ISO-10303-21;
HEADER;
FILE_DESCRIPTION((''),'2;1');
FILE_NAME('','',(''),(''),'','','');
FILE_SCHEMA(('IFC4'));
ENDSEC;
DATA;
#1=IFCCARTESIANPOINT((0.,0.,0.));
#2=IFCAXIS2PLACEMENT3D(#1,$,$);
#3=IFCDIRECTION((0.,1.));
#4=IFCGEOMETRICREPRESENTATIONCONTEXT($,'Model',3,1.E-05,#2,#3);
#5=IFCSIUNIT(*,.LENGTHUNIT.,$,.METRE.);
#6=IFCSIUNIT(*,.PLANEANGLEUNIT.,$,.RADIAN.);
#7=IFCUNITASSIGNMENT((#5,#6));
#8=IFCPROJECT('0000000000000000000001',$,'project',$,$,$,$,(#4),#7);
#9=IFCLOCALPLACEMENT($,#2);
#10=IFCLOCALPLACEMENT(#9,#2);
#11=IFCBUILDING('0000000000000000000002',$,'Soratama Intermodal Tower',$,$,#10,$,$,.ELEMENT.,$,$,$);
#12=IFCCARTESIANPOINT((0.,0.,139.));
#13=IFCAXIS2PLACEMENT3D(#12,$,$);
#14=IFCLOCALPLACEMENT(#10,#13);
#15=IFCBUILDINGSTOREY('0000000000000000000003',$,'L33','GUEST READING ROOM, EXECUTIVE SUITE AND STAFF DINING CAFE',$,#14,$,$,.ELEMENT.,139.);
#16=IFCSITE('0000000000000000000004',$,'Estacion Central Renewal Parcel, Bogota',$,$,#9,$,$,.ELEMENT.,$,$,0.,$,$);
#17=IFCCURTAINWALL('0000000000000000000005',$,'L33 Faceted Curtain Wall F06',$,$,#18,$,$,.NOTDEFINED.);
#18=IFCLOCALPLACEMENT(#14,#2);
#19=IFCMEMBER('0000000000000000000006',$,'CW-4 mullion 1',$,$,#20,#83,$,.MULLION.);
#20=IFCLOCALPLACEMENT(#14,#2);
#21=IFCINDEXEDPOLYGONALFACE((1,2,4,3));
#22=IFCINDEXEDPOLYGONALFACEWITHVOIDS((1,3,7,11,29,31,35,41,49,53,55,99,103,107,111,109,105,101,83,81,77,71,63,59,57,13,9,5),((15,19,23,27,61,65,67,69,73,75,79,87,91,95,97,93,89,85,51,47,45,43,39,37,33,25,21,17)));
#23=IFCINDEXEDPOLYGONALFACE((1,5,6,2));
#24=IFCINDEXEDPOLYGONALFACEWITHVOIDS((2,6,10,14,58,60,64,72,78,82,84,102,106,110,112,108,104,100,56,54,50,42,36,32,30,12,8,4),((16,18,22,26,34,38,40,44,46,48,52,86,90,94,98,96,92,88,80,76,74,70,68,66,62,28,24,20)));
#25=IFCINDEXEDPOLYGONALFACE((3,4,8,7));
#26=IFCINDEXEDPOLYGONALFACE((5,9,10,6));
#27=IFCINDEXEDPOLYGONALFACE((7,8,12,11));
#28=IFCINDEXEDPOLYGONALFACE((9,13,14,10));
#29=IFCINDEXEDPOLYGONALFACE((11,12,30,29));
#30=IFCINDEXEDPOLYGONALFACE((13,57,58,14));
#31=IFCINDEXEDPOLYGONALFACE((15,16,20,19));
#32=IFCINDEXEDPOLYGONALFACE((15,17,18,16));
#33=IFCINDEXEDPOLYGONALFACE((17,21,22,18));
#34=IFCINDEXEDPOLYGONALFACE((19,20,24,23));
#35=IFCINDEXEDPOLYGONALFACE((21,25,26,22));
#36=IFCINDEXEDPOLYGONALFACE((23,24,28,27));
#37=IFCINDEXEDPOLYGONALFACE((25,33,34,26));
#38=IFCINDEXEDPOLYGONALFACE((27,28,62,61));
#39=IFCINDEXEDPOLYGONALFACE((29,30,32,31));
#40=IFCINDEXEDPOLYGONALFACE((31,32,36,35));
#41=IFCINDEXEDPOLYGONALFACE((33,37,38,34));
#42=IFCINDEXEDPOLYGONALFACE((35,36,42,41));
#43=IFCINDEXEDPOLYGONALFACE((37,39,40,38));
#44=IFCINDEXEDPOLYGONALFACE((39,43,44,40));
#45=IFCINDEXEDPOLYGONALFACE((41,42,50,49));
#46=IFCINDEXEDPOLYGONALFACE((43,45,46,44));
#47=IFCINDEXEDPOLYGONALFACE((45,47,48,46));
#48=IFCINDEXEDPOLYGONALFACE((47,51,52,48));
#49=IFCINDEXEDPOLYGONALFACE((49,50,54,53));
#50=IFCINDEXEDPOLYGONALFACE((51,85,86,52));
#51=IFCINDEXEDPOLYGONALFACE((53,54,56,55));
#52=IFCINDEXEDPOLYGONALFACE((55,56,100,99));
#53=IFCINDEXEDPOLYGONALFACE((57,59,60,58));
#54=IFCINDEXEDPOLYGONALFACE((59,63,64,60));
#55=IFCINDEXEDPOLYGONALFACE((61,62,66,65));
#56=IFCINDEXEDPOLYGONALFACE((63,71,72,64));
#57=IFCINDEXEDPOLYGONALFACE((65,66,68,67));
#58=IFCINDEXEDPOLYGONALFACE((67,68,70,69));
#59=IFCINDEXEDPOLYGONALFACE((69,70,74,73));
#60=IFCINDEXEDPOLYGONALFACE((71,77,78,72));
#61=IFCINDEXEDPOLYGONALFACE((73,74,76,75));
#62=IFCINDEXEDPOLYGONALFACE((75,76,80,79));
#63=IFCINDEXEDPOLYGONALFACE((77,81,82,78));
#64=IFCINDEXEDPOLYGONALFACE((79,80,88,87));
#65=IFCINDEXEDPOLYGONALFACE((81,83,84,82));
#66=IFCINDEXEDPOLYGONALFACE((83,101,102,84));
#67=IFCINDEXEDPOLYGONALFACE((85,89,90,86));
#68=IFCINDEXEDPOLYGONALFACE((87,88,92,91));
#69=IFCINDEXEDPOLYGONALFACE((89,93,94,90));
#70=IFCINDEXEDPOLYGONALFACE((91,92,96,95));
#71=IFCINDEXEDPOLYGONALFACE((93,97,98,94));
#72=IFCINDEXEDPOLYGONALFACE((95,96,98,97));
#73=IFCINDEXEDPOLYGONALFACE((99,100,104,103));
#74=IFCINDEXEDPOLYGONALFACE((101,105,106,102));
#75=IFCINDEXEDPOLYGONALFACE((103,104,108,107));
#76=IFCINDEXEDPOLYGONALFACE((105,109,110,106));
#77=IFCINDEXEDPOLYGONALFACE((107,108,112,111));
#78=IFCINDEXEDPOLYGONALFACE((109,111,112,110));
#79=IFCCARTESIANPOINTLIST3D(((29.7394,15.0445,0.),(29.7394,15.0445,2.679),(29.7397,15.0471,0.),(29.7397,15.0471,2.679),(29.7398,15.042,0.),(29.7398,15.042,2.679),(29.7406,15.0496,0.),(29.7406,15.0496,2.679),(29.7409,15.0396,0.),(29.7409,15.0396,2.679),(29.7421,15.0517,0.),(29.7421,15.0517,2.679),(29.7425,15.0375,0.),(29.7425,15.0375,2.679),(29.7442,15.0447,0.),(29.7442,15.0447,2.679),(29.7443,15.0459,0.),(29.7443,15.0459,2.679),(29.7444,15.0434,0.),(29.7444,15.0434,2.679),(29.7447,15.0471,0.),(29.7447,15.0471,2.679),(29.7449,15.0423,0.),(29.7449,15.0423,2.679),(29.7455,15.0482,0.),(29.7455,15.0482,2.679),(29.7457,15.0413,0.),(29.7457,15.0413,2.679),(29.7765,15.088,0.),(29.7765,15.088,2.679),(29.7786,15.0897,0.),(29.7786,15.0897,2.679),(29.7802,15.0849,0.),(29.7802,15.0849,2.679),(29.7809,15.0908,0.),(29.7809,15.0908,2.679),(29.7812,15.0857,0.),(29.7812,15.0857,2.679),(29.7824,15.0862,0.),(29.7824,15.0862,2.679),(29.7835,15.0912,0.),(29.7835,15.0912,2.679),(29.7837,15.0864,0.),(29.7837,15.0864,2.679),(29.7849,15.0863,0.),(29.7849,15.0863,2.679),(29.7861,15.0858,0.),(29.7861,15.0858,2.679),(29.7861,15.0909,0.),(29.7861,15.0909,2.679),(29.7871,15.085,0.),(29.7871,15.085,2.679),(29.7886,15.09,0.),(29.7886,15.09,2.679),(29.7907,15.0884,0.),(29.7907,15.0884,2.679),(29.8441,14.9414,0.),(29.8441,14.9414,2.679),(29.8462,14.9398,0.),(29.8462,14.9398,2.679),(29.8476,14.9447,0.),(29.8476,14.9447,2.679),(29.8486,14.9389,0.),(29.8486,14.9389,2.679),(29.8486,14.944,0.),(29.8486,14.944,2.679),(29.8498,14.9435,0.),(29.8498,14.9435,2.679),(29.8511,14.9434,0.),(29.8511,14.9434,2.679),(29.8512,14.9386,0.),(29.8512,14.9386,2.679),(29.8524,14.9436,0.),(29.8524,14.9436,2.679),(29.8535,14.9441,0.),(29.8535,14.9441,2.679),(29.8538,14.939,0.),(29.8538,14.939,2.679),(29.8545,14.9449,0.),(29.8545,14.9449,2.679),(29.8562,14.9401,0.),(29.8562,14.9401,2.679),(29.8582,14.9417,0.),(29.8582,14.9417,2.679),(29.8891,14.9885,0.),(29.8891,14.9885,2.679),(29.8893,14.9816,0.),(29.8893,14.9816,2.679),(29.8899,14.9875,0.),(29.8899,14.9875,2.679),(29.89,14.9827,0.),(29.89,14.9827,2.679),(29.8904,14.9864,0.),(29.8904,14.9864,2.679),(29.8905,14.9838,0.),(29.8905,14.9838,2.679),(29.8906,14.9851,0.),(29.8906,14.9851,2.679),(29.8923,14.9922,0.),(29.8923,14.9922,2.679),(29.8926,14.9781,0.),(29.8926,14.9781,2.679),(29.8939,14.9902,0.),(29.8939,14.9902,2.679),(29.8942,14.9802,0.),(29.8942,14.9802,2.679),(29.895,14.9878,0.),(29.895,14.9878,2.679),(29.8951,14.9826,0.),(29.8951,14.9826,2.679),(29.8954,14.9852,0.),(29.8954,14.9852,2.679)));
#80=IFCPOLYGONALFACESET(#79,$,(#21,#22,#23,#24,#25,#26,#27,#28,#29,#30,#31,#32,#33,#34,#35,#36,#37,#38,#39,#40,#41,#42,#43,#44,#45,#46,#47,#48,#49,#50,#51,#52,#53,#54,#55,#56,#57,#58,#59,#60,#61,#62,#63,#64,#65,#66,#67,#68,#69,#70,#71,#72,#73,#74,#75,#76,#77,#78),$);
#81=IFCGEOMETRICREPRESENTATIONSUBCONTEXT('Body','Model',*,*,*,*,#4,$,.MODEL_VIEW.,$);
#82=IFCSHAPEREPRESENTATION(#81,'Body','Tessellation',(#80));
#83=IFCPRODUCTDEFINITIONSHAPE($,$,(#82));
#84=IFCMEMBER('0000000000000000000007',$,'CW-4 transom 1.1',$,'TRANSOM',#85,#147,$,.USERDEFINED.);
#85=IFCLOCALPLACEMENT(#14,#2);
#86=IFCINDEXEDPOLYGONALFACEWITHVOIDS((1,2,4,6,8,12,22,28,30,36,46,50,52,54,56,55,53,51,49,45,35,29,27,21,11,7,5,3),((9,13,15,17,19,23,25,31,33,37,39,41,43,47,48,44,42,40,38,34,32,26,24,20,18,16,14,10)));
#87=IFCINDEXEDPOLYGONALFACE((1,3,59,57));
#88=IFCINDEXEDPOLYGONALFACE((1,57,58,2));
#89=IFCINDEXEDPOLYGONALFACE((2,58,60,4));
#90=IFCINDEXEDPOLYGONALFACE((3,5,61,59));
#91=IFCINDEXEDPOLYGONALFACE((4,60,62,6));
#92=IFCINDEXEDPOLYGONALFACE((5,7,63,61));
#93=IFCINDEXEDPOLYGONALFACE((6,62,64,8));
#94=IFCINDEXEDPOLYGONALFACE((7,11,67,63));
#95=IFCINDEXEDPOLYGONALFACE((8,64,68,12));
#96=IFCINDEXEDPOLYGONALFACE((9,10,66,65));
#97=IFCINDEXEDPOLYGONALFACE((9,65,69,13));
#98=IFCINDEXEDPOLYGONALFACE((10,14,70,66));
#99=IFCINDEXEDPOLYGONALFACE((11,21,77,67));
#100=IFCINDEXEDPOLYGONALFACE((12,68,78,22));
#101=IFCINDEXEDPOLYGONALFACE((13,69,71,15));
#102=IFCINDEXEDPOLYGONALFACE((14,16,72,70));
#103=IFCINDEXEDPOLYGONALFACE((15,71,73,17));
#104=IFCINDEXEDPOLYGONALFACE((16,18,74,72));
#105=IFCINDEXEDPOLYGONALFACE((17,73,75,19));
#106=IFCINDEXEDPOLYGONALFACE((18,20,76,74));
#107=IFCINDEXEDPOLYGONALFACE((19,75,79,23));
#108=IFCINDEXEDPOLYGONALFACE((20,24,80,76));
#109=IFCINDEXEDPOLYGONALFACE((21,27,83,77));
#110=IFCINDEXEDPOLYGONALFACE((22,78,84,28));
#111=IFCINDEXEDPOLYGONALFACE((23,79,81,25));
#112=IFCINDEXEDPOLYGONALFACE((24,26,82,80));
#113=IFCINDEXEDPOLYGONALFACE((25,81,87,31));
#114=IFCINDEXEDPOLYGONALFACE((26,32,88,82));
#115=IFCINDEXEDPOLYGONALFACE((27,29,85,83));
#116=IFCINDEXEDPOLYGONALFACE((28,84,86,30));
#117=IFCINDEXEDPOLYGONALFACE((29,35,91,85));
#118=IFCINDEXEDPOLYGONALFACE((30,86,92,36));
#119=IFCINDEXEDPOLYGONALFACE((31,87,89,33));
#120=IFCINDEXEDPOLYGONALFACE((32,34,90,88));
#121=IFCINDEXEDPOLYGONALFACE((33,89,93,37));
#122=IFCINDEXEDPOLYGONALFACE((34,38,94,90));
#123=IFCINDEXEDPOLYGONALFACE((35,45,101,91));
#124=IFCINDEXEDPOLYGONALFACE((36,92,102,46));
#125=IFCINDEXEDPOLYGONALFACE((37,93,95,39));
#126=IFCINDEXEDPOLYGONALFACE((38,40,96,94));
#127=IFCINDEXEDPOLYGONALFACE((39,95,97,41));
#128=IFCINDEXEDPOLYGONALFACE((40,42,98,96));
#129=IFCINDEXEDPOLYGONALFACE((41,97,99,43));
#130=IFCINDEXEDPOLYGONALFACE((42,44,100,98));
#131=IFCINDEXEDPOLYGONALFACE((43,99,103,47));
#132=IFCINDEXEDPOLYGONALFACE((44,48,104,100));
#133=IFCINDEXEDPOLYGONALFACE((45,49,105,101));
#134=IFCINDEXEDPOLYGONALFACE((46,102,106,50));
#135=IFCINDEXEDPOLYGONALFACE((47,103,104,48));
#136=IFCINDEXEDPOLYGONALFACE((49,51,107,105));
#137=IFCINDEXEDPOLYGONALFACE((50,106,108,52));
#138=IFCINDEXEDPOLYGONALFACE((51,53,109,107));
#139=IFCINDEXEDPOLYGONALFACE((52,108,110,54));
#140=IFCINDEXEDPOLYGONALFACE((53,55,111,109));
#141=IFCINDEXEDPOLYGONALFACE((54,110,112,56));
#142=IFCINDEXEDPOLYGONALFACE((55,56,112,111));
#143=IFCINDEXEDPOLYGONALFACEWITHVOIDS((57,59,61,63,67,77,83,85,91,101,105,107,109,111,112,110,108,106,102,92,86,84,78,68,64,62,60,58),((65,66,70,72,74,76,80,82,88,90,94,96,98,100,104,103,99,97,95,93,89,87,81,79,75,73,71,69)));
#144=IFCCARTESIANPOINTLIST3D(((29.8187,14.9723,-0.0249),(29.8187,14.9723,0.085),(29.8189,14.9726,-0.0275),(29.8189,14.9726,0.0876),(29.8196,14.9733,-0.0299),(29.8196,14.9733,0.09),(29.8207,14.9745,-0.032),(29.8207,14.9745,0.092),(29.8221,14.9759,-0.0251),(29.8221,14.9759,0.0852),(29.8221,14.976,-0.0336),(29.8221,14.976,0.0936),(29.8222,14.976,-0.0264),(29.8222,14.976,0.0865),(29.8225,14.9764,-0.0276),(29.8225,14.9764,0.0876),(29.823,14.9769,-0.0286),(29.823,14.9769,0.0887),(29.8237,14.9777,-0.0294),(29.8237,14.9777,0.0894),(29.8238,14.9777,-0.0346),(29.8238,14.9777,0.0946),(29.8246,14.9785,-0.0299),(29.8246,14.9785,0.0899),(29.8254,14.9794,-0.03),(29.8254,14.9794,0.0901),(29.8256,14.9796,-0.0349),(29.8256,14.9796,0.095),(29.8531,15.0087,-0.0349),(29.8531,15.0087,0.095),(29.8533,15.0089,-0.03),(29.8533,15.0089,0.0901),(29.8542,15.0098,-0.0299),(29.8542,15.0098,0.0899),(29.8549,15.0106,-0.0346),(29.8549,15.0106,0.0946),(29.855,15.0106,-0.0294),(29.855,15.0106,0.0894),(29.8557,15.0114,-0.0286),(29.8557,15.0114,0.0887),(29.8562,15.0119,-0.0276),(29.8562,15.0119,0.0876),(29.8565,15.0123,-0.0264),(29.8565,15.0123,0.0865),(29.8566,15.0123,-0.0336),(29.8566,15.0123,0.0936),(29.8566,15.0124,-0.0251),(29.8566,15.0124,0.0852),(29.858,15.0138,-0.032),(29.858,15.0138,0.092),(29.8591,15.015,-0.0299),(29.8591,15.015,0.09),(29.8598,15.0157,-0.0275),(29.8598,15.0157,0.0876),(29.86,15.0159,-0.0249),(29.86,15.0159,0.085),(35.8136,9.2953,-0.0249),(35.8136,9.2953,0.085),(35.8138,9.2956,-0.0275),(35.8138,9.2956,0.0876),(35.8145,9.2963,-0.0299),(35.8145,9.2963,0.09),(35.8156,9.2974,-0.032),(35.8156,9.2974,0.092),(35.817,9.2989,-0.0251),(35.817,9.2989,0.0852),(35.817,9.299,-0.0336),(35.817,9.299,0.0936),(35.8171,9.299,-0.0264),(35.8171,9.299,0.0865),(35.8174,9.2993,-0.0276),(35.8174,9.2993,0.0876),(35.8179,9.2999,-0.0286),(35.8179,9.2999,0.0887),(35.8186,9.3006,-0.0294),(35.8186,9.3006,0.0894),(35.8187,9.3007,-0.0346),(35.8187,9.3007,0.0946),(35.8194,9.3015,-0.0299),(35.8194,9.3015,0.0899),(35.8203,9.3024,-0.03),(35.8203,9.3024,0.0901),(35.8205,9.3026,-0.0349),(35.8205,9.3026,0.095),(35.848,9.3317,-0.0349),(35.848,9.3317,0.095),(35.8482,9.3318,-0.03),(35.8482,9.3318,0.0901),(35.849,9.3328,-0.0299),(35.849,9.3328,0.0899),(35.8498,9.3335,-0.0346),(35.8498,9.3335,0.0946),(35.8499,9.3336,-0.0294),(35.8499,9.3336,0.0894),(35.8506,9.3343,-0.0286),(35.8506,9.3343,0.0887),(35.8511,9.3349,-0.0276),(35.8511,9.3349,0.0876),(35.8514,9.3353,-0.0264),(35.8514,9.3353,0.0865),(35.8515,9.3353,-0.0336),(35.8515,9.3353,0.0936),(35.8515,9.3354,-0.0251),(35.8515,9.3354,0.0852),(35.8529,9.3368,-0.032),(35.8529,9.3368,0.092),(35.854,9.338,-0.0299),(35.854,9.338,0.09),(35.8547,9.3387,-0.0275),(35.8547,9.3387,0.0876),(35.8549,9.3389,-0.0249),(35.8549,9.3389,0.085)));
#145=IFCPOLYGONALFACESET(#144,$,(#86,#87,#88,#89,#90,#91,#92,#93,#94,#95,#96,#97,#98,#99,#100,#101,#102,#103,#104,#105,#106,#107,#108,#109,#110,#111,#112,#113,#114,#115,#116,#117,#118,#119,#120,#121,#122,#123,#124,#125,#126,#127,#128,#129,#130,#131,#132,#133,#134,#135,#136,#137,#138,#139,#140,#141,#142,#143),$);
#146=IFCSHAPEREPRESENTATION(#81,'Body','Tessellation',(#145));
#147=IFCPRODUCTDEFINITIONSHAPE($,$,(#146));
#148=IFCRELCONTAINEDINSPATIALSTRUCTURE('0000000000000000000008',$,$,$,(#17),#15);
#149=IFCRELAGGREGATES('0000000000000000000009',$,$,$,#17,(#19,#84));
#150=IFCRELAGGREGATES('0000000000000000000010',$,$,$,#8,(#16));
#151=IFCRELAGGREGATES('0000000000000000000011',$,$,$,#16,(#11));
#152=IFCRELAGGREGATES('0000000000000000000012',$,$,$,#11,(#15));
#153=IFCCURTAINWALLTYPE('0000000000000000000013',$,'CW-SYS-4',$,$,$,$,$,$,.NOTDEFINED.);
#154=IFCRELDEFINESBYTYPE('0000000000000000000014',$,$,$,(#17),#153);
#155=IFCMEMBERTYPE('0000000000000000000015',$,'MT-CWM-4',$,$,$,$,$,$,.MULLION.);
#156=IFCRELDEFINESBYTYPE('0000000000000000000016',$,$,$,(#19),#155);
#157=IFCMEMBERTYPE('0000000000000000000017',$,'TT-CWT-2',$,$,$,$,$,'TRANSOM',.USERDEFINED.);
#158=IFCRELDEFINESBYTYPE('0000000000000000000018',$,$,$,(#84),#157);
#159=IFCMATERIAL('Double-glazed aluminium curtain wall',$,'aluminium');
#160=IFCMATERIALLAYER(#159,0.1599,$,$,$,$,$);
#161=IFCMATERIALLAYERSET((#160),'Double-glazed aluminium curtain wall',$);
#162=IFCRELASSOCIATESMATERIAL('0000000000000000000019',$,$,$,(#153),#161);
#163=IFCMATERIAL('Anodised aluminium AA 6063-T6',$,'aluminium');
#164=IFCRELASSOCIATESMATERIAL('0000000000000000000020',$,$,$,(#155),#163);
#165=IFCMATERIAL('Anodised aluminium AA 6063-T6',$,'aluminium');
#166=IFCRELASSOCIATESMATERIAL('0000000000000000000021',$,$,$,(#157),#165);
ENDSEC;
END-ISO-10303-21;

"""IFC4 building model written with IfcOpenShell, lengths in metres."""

from ifc_helpers import new_model, si_unit, direction, frame, origin, origin_2d, place, context, subcontext, project, spatial, hollow_rectangle, extrude, material, layer, layer_set, material_profile, profile_set, type_object, element, aggregate, save


model = new_model("IFC4")

# Units and contexts
model_context = context("Model", 3, precision=1e-05, world=origin(), true_north=direction((0.0, 1.0)))
body_context = subcontext(model_context, "Body", "Model", "MODEL_VIEW")
ifc_project = project(units=[si_unit("LENGTHUNIT", "METRE"), si_unit("PLANEANGLEUNIT", "RADIAN")], contexts=[model_context])

# Site, building, storey
site_placement = place(None, origin())
site = spatial("IfcSite", under=ifc_project, at=site_placement, Name="Estacion Central Renewal Parcel, Bogota", CompositionType="ELEMENT", RefElevation=0.0)
building_placement = place(site_placement, origin())
building = spatial("IfcBuilding", under=site, at=building_placement, Name="Soratama Intermodal Tower", CompositionType="ELEMENT")
storey_placement = place(building_placement, frame((0.0, 0.0, 139.0)))
storey = spatial("IfcBuildingStorey", under=building, at=storey_placement, Name="L33", Description="GUEST READING ROOM, EXECUTIVE SUITE AND STAFF DINING CAFE", CompositionType="ELEMENT", Elevation=139.0)

# Curtain wall, members
ifc_material_1 = material(Name="Double-glazed aluminium curtain wall", Category="aluminium")
ifc_layer_1 = layer(ifc_material_1, 0.1599)
ifc_layer_set_1 = layer_set([ifc_layer_1], Name="Double-glazed aluminium curtain wall")
curtain_wall_type = type_object("IfcCurtainWallType", Name="CW-SYS-4", PredefinedType="NOTDEFINED", material=ifc_layer_set_1)
curtain_wall_placement = place(storey_placement, origin())
curtain_wall = element("IfcCurtainWall", 1, at=curtain_wall_placement, inside=storey, type_object=curtain_wall_type, Name="L33 Faceted Curtain Wall F06", PredefinedType="NOTDEFINED")
ifc_material_2 = material(Name="Anodised aluminium AA 6063-T6", Category="aluminium")
ifc_material_profile_1 = material_profile(ifc_material_2, hollow_rectangle(XDim=0.0701, YDim=0.1599, WallThickness=0.0049, InnerFilletRadius=0.0049, OuterFilletRadius=0.01, at=origin_2d()), Name="CWM160X70X5")
ifc_profile_set_1 = profile_set([ifc_material_profile_1], Name="Anodised aluminium AA 6063-T6")
member_type_1 = type_object("IfcMemberType", Name="MT-CWM-4", PredefinedType="MULLION", material=ifc_profile_set_1)
member_1_placement = place(storey_placement, frame((29.8174, 15.0149, 0.0), z_axis=(0.0, 0.0, 1.0), x_axis=(0.687594, 0.726095, 0.0)))
member_1 = element("IfcMember", 2, at=member_1_placement, type_object=member_type_1, Name="CW-4 mullion 1", PredefinedType="MULLION", context=body_context, shape_type="SweptSolid", body=[
    extrude(hollow_rectangle(XDim=0.0701, YDim=0.1599, WallThickness=0.0049, InnerFilletRadius=0.0049, OuterFilletRadius=0.01, at=origin_2d()), origin(), (0.0, 0.0, 1.0), 2.679),
])
ifc_material_3 = material(Name="Anodised aluminium AA 6063-T6", Category="aluminium")
ifc_material_profile_2 = material_profile(ifc_material_3, hollow_rectangle(XDim=0.0601, YDim=0.1299, WallThickness=0.0049, InnerFilletRadius=0.0049, OuterFilletRadius=0.01, at=origin_2d()), Name="CWT130X60X5")
ifc_profile_set_2 = profile_set([ifc_material_profile_2], Name="Anodised aluminium AA 6063-T6")
member_type_2 = type_object("IfcMemberType", Name="TT-CWT-2", ElementType="TRANSOM", PredefinedType="USERDEFINED", material=ifc_profile_set_2)
member_2_placement = place(storey_placement, frame((29.8394, 14.9941, 0.03), z_axis=(0.726095, -0.687595, 0.0), x_axis=(0.687595, 0.726095, 0.0)))
member_2 = element("IfcMember", 3, at=member_2_placement, type_object=member_type_2, Name="CW-4 transom 1.1", ObjectType="TRANSOM", PredefinedType="USERDEFINED", context=body_context, shape_type="SweptSolid", body=[
    extrude(hollow_rectangle(XDim=0.0601, YDim=0.1299, WallThickness=0.0049, InnerFilletRadius=0.0049, OuterFilletRadius=0.01, at=origin_2d()), origin(), (0.0, 0.0, 1.0), 8.2563),
])
aggregate(curtain_wall, [member_1, member_2])

save(model, "model.ifc")
